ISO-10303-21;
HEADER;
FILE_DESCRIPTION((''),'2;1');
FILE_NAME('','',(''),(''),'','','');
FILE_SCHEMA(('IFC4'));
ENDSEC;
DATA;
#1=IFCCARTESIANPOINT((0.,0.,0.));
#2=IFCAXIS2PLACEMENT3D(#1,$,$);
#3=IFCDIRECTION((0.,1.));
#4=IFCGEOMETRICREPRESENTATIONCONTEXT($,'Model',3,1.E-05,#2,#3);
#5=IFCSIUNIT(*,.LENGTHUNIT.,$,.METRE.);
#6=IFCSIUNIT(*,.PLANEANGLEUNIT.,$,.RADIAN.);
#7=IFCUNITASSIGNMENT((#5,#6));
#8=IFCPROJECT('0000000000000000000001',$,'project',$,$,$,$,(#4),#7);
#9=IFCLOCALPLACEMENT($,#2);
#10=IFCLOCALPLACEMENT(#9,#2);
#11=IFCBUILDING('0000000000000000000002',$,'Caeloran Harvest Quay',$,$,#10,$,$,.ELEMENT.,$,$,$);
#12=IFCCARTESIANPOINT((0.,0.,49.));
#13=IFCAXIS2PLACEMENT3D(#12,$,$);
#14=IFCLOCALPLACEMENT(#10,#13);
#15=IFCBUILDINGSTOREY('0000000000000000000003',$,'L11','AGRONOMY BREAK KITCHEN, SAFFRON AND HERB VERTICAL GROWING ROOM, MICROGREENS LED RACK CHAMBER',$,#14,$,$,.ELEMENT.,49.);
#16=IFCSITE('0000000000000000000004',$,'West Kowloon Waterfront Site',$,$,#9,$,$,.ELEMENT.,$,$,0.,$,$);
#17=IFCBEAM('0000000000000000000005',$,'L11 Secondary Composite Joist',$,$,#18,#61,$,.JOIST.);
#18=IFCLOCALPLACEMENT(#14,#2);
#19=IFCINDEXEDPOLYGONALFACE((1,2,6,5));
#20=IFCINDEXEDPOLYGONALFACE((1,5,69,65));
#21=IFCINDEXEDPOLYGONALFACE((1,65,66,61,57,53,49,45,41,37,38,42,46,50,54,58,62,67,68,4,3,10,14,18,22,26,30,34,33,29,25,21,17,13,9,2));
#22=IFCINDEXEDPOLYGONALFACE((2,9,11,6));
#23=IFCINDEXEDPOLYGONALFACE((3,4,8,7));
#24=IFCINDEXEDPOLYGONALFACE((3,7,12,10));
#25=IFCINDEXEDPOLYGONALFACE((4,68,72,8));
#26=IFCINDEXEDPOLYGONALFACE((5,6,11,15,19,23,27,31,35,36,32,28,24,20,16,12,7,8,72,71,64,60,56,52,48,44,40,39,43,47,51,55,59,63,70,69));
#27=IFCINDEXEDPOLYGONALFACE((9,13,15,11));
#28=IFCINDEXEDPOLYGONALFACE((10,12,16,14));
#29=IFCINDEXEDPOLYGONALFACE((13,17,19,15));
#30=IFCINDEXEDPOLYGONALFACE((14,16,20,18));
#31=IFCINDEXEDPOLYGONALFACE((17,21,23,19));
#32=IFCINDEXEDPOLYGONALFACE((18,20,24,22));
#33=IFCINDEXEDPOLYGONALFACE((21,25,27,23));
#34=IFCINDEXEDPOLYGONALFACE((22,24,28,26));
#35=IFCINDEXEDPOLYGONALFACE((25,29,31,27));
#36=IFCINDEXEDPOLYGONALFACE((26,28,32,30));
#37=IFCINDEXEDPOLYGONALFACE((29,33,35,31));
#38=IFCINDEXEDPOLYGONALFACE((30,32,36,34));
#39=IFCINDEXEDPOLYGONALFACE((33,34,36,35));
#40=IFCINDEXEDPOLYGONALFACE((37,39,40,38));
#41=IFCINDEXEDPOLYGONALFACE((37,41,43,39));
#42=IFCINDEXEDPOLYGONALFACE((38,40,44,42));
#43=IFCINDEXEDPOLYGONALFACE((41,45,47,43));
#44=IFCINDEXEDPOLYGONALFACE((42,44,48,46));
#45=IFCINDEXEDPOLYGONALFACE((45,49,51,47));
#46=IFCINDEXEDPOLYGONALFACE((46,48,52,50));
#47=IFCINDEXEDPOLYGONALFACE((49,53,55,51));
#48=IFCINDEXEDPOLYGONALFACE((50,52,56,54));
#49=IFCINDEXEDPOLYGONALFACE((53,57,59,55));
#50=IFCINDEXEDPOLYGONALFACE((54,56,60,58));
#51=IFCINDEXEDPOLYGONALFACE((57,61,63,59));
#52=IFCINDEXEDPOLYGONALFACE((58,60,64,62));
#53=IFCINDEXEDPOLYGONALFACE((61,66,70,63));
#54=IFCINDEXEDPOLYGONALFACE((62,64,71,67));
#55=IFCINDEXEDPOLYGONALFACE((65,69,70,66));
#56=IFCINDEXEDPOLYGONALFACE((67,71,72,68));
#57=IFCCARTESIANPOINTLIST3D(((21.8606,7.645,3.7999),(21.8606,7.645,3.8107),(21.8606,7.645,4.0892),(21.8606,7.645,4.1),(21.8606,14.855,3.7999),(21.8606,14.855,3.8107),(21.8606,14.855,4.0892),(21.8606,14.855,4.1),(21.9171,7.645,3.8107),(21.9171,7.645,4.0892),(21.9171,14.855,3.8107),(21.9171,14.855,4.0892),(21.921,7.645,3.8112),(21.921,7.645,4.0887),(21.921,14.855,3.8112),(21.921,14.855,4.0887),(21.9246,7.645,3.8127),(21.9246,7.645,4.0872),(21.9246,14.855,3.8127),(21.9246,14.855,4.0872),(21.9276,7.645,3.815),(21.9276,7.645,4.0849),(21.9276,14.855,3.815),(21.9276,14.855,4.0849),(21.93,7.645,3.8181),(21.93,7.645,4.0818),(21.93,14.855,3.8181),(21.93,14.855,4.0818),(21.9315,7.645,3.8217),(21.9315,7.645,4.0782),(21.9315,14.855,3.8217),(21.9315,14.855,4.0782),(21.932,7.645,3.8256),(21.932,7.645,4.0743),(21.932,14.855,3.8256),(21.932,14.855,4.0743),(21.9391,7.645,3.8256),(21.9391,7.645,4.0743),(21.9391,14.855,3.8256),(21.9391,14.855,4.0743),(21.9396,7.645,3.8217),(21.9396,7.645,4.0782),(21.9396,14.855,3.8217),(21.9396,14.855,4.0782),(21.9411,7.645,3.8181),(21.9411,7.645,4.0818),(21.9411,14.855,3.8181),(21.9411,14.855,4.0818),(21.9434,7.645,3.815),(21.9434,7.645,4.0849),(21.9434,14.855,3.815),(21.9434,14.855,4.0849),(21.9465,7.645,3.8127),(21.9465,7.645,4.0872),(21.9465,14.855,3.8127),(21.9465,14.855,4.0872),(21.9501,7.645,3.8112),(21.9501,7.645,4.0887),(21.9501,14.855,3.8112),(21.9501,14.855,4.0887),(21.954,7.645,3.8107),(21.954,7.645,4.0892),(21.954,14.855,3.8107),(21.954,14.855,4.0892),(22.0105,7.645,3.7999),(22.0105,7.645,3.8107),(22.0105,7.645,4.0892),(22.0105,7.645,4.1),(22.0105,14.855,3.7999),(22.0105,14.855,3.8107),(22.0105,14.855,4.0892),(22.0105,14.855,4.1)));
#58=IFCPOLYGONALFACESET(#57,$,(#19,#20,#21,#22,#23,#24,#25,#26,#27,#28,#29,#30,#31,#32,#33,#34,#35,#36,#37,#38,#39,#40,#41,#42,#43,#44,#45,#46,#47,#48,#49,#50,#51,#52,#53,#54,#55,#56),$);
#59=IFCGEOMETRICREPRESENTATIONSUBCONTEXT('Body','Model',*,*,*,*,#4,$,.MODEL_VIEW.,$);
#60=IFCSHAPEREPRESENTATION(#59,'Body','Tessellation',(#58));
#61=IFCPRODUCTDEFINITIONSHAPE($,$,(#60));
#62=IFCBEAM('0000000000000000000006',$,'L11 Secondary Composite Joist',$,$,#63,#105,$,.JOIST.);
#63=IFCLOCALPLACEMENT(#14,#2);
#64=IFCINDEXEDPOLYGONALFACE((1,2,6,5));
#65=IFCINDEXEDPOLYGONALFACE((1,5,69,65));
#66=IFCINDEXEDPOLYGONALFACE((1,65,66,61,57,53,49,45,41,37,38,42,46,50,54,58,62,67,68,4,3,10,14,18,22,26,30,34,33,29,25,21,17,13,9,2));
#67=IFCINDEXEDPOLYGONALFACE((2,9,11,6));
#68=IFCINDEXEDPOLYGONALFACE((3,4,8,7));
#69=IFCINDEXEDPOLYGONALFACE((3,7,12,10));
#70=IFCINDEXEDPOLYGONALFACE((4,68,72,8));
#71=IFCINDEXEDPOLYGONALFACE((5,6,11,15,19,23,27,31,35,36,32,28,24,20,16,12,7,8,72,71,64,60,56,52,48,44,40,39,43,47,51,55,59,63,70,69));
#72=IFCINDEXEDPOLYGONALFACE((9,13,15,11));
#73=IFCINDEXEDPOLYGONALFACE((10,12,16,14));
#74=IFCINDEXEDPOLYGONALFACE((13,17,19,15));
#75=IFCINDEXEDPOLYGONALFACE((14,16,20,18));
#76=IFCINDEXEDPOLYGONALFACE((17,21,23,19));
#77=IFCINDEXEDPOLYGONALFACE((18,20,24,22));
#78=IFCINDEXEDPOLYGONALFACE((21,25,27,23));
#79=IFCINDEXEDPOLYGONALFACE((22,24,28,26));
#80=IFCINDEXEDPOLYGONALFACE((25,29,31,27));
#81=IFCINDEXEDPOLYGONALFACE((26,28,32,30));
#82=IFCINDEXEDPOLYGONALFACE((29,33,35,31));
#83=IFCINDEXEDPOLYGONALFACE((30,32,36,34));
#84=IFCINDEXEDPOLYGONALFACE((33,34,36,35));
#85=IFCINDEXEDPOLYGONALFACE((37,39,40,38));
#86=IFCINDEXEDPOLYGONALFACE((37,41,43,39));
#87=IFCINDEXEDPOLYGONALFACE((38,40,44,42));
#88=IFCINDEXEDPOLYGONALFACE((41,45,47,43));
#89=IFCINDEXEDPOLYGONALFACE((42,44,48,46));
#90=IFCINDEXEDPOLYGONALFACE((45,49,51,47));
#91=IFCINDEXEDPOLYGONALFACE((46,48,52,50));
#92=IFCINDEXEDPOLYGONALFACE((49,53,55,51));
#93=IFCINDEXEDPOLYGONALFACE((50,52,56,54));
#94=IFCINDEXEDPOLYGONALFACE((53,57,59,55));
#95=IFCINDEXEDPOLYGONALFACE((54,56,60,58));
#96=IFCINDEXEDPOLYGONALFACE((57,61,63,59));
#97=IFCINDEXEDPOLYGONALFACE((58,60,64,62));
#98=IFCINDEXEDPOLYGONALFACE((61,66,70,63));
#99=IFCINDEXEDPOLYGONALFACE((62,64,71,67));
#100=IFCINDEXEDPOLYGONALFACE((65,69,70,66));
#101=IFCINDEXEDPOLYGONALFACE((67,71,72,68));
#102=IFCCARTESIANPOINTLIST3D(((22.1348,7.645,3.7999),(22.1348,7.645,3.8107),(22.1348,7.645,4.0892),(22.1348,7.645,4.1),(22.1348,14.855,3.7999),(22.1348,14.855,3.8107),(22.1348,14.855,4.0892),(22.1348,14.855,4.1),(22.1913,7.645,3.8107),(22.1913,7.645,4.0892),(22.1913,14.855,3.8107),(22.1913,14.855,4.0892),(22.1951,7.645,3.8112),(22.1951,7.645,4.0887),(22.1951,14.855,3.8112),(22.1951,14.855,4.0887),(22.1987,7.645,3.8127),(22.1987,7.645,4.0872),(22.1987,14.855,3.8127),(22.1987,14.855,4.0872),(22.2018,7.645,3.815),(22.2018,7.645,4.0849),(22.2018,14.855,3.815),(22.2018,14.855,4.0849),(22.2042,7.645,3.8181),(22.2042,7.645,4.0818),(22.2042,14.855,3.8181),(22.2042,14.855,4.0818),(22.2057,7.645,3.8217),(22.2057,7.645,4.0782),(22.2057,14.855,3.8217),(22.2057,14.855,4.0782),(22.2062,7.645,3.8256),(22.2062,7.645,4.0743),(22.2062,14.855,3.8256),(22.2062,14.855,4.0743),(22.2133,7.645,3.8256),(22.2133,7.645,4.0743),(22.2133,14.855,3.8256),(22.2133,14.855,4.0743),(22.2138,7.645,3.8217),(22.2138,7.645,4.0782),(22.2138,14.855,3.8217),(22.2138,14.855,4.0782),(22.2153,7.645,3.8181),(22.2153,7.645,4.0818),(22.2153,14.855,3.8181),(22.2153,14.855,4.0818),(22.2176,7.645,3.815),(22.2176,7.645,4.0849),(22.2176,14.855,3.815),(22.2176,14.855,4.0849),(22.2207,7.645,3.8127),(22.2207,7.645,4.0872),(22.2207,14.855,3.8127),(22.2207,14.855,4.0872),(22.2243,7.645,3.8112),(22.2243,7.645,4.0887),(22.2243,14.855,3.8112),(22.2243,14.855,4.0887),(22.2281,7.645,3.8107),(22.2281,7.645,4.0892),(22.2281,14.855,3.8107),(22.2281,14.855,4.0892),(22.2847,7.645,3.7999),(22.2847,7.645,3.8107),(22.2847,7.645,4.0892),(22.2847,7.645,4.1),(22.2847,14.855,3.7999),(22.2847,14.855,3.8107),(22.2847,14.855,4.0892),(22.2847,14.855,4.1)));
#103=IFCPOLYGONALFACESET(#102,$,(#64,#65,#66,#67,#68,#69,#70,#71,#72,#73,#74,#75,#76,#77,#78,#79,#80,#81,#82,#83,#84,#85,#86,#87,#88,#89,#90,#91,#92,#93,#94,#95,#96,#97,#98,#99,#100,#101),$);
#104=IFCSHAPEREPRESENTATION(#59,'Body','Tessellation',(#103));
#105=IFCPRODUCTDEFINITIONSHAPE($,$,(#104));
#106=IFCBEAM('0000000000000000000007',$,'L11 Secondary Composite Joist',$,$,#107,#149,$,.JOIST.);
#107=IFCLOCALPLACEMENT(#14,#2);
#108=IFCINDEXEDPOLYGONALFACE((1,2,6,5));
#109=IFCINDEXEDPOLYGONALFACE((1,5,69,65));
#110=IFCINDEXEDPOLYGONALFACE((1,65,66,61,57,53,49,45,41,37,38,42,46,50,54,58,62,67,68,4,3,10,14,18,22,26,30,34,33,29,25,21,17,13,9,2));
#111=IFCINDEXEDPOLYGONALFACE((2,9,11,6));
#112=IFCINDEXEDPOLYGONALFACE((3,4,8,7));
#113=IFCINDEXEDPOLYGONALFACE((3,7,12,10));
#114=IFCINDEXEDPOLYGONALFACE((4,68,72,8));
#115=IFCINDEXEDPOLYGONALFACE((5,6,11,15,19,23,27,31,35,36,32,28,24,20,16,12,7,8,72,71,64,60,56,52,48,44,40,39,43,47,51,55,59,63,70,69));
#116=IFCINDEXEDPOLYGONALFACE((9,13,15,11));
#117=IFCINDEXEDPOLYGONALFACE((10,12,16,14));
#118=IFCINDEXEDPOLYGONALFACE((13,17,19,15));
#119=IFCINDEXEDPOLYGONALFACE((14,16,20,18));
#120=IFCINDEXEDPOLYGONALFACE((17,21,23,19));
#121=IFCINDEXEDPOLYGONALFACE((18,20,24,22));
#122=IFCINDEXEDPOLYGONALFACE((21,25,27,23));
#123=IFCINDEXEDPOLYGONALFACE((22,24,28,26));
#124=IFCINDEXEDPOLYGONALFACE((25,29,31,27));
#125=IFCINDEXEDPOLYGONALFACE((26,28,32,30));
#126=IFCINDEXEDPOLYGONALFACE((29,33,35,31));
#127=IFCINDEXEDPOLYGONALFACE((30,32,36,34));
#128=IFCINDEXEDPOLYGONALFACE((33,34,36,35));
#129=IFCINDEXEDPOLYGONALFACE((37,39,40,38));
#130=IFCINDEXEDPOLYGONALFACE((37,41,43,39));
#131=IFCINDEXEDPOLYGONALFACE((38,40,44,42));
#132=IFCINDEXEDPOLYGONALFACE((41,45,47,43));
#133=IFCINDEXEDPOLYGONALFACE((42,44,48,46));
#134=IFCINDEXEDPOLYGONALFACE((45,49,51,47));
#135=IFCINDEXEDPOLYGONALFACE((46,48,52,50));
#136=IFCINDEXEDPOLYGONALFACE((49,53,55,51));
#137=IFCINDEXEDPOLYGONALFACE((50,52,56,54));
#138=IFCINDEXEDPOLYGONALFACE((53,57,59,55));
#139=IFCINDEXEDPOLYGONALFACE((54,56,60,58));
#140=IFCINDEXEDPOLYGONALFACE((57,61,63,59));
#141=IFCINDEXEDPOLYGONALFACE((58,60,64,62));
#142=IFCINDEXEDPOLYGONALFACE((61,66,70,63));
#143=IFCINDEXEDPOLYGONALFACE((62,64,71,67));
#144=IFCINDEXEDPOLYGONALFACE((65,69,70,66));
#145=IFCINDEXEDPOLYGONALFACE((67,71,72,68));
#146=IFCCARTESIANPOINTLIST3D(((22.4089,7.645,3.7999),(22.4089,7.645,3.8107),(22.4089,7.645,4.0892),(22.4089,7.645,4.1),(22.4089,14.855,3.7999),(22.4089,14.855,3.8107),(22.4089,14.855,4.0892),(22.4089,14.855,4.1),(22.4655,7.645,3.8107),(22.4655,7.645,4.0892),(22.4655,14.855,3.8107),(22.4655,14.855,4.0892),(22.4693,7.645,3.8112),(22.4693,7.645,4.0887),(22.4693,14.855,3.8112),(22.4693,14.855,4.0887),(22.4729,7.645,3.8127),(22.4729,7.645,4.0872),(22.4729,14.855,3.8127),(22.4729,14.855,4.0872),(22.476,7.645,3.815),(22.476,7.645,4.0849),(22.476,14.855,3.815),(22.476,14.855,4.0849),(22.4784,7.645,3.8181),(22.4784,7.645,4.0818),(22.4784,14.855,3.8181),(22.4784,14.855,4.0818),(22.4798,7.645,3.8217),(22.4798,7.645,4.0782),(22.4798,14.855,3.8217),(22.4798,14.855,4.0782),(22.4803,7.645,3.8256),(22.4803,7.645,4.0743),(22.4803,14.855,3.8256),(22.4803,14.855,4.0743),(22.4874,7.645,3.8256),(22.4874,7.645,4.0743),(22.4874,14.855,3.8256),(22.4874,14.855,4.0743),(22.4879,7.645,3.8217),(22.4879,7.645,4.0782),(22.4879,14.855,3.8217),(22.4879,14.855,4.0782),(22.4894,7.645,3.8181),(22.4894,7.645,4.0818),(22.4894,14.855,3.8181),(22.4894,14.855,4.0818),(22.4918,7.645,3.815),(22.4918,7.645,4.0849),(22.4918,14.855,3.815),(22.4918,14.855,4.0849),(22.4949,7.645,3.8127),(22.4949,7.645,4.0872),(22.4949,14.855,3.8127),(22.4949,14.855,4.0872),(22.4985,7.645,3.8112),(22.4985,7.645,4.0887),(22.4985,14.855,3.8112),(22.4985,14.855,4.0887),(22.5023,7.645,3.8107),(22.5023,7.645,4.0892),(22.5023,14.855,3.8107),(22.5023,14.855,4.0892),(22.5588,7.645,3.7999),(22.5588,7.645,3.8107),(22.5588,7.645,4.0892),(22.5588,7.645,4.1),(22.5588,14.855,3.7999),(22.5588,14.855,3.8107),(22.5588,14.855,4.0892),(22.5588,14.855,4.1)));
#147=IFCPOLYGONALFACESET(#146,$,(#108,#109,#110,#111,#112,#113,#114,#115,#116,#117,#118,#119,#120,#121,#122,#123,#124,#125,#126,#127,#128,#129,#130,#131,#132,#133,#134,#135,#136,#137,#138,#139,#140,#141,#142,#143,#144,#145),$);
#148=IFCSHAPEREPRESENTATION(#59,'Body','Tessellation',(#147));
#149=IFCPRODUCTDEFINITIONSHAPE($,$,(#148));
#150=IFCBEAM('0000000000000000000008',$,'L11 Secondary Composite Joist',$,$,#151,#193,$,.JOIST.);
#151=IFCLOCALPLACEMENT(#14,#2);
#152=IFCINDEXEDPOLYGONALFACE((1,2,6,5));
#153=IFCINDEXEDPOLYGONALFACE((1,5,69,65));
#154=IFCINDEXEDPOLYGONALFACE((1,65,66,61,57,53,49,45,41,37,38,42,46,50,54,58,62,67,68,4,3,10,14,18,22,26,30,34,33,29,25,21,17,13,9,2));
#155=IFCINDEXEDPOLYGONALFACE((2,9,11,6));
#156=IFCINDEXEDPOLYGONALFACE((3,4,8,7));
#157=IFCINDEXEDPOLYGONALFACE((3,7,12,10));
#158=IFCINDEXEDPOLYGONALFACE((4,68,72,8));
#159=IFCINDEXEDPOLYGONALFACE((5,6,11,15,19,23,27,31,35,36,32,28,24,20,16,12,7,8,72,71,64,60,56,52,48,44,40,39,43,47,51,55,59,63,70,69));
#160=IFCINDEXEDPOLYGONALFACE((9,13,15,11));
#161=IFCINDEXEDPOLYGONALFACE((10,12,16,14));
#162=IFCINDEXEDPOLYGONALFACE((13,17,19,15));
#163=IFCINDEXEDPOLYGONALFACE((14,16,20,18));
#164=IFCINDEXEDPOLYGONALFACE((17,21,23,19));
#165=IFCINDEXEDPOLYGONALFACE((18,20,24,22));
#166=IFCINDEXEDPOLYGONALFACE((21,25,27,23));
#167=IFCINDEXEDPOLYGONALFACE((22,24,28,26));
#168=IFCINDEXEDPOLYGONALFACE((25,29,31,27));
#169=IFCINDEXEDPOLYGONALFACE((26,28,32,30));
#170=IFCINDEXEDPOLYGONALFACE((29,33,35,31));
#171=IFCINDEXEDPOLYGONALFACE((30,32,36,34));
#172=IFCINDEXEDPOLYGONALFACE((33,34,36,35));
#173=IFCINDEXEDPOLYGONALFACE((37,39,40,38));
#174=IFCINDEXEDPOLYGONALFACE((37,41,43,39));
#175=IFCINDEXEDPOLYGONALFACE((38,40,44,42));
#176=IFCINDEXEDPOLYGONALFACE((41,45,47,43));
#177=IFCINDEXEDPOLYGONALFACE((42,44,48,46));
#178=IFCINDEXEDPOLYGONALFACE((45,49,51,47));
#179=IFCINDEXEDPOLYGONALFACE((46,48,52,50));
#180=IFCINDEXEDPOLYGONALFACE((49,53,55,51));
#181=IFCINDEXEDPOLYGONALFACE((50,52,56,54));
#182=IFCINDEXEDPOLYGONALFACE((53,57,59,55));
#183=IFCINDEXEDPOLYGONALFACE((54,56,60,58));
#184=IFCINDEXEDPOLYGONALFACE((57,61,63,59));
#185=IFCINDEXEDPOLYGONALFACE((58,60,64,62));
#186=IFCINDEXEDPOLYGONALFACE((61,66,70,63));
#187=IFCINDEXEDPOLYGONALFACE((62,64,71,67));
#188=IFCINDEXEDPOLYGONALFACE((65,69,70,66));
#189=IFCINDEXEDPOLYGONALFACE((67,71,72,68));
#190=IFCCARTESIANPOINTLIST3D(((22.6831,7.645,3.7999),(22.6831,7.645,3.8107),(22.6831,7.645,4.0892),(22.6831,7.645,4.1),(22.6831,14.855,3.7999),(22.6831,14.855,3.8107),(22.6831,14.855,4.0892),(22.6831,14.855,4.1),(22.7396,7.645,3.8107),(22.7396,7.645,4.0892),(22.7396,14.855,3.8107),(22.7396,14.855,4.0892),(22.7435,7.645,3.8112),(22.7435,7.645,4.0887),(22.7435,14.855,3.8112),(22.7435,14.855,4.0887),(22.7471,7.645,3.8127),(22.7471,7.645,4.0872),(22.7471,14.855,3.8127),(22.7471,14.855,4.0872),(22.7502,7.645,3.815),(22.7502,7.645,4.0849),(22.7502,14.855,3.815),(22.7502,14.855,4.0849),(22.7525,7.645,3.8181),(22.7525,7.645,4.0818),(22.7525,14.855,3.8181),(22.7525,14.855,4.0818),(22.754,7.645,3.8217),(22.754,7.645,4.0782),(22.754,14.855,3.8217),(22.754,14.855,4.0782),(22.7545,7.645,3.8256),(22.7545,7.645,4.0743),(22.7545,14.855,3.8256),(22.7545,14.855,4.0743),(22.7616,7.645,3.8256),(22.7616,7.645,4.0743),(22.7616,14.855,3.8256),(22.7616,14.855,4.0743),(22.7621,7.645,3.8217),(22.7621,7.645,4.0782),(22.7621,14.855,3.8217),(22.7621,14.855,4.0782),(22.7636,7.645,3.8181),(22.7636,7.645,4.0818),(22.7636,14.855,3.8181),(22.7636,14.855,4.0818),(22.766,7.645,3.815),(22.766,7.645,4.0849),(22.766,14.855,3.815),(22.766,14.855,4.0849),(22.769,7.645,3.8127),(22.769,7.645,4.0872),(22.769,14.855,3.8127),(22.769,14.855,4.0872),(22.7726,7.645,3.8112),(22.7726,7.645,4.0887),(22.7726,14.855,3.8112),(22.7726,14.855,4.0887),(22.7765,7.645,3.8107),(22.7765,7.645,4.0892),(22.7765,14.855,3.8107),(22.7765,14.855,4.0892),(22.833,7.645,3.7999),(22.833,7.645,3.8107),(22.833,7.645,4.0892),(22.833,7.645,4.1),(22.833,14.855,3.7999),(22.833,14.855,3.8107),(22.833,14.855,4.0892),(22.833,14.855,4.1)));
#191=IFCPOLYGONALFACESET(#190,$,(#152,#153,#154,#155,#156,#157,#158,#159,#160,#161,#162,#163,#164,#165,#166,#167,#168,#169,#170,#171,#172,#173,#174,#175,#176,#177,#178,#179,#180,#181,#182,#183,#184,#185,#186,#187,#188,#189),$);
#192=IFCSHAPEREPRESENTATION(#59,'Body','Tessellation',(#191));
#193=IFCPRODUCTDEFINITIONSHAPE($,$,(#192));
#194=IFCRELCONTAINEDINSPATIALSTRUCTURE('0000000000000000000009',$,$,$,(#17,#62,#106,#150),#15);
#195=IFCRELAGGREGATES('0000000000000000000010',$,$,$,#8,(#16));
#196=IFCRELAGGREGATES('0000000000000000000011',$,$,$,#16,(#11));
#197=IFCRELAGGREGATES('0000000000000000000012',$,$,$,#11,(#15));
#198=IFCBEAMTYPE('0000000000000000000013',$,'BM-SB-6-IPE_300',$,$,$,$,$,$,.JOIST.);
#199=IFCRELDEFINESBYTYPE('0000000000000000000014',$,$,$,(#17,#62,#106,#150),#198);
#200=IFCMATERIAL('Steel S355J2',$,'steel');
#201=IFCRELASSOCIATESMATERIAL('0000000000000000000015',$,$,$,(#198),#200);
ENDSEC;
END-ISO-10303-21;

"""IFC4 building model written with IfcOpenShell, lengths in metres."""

from ifc_helpers import new_model, si_unit, direction, frame, origin, origin_2d, place, context, subcontext, project, spatial, i_section, extrude, material, material_profile, profile_set, type_object, element, save


model = new_model("IFC4")

# Units and contexts
model_context = context("Model", 3, precision=1e-05, world=origin(), true_north=direction((0.0, 1.0)))
body_context = subcontext(model_context, "Body", "Model", "MODEL_VIEW")
ifc_project = project(units=[si_unit("LENGTHUNIT", "METRE"), si_unit("PLANEANGLEUNIT", "RADIAN")], contexts=[model_context])

# Site, building, storey
site_placement = place(None, origin())
site = spatial("IfcSite", under=ifc_project, at=site_placement, Name="West Kowloon Waterfront Site", CompositionType="ELEMENT", RefElevation=0.0)
building_placement = place(site_placement, origin())
building = spatial("IfcBuilding", under=site, at=building_placement, Name="Caeloran Harvest Quay", CompositionType="ELEMENT")
storey_placement = place(building_placement, frame((0.0, 0.0, 49.0)))
storey = spatial("IfcBuildingStorey", under=building, at=storey_placement, Name="L11", Description="AGRONOMY BREAK KITCHEN, SAFFRON AND HERB VERTICAL GROWING ROOM, MICROGREENS LED RACK CHAMBER", CompositionType="ELEMENT", Elevation=49.0)

# Beams
ifc_material_1 = material(Name="Steel S355J2", Category="steel")
ifc_material_profile_1 = material_profile(ifc_material_1, i_section(OverallWidth=0.1499, OverallDepth=0.3, WebThickness=0.0071, FlangeThickness=0.0107, FilletRadius=0.0149, at=origin_2d()), Name="IPE 300")
ifc_profile_set_1 = profile_set([ifc_material_profile_1], Name="Steel S355J2")
beam_type_1 = type_object("IfcBeamType", Name="BM-SB-6-IPE_300", PredefinedType="JOIST", material=ifc_profile_set_1)
for number, where, z_axis, x_axis, name in (
    (1, (21.9355, 7.645, 3.95), (0.0, 1.0, 0.0), (-1.0, 0.0, 0.0), "L11 Secondary Composite Joist"),
    (2, (22.2097, 7.645, 3.95), (0.0, 1.0, 0.0), (-1.0, 0.0, 0.0), "L11 Secondary Composite Joist"),
    (3, (22.4839, 7.645, 3.95), (0.0, 1.0, 0.0), (-1.0, 0.0, 0.0), "L11 Secondary Composite Joist"),
    (4, (22.7581, 7.645, 3.95), (0.0, 1.0, 0.0), (-1.0, 0.0, 0.0), "L11 Secondary Composite Joist"),
):
    element("IfcBeam", number, at=place(storey_placement, frame(where, z_axis=z_axis, x_axis=x_axis)), inside=storey, type_object=beam_type_1, Name=name, PredefinedType="JOIST", context=body_context, shape_type="SweptSolid", body=[
        extrude(i_section(OverallWidth=0.1499, OverallDepth=0.3, WebThickness=0.0071, FlangeThickness=0.0107, FilletRadius=0.0149, at=origin_2d()), origin(), (0.0, 0.0, 1.0), 7.21),
    ])

save(model, "model.ifc")
